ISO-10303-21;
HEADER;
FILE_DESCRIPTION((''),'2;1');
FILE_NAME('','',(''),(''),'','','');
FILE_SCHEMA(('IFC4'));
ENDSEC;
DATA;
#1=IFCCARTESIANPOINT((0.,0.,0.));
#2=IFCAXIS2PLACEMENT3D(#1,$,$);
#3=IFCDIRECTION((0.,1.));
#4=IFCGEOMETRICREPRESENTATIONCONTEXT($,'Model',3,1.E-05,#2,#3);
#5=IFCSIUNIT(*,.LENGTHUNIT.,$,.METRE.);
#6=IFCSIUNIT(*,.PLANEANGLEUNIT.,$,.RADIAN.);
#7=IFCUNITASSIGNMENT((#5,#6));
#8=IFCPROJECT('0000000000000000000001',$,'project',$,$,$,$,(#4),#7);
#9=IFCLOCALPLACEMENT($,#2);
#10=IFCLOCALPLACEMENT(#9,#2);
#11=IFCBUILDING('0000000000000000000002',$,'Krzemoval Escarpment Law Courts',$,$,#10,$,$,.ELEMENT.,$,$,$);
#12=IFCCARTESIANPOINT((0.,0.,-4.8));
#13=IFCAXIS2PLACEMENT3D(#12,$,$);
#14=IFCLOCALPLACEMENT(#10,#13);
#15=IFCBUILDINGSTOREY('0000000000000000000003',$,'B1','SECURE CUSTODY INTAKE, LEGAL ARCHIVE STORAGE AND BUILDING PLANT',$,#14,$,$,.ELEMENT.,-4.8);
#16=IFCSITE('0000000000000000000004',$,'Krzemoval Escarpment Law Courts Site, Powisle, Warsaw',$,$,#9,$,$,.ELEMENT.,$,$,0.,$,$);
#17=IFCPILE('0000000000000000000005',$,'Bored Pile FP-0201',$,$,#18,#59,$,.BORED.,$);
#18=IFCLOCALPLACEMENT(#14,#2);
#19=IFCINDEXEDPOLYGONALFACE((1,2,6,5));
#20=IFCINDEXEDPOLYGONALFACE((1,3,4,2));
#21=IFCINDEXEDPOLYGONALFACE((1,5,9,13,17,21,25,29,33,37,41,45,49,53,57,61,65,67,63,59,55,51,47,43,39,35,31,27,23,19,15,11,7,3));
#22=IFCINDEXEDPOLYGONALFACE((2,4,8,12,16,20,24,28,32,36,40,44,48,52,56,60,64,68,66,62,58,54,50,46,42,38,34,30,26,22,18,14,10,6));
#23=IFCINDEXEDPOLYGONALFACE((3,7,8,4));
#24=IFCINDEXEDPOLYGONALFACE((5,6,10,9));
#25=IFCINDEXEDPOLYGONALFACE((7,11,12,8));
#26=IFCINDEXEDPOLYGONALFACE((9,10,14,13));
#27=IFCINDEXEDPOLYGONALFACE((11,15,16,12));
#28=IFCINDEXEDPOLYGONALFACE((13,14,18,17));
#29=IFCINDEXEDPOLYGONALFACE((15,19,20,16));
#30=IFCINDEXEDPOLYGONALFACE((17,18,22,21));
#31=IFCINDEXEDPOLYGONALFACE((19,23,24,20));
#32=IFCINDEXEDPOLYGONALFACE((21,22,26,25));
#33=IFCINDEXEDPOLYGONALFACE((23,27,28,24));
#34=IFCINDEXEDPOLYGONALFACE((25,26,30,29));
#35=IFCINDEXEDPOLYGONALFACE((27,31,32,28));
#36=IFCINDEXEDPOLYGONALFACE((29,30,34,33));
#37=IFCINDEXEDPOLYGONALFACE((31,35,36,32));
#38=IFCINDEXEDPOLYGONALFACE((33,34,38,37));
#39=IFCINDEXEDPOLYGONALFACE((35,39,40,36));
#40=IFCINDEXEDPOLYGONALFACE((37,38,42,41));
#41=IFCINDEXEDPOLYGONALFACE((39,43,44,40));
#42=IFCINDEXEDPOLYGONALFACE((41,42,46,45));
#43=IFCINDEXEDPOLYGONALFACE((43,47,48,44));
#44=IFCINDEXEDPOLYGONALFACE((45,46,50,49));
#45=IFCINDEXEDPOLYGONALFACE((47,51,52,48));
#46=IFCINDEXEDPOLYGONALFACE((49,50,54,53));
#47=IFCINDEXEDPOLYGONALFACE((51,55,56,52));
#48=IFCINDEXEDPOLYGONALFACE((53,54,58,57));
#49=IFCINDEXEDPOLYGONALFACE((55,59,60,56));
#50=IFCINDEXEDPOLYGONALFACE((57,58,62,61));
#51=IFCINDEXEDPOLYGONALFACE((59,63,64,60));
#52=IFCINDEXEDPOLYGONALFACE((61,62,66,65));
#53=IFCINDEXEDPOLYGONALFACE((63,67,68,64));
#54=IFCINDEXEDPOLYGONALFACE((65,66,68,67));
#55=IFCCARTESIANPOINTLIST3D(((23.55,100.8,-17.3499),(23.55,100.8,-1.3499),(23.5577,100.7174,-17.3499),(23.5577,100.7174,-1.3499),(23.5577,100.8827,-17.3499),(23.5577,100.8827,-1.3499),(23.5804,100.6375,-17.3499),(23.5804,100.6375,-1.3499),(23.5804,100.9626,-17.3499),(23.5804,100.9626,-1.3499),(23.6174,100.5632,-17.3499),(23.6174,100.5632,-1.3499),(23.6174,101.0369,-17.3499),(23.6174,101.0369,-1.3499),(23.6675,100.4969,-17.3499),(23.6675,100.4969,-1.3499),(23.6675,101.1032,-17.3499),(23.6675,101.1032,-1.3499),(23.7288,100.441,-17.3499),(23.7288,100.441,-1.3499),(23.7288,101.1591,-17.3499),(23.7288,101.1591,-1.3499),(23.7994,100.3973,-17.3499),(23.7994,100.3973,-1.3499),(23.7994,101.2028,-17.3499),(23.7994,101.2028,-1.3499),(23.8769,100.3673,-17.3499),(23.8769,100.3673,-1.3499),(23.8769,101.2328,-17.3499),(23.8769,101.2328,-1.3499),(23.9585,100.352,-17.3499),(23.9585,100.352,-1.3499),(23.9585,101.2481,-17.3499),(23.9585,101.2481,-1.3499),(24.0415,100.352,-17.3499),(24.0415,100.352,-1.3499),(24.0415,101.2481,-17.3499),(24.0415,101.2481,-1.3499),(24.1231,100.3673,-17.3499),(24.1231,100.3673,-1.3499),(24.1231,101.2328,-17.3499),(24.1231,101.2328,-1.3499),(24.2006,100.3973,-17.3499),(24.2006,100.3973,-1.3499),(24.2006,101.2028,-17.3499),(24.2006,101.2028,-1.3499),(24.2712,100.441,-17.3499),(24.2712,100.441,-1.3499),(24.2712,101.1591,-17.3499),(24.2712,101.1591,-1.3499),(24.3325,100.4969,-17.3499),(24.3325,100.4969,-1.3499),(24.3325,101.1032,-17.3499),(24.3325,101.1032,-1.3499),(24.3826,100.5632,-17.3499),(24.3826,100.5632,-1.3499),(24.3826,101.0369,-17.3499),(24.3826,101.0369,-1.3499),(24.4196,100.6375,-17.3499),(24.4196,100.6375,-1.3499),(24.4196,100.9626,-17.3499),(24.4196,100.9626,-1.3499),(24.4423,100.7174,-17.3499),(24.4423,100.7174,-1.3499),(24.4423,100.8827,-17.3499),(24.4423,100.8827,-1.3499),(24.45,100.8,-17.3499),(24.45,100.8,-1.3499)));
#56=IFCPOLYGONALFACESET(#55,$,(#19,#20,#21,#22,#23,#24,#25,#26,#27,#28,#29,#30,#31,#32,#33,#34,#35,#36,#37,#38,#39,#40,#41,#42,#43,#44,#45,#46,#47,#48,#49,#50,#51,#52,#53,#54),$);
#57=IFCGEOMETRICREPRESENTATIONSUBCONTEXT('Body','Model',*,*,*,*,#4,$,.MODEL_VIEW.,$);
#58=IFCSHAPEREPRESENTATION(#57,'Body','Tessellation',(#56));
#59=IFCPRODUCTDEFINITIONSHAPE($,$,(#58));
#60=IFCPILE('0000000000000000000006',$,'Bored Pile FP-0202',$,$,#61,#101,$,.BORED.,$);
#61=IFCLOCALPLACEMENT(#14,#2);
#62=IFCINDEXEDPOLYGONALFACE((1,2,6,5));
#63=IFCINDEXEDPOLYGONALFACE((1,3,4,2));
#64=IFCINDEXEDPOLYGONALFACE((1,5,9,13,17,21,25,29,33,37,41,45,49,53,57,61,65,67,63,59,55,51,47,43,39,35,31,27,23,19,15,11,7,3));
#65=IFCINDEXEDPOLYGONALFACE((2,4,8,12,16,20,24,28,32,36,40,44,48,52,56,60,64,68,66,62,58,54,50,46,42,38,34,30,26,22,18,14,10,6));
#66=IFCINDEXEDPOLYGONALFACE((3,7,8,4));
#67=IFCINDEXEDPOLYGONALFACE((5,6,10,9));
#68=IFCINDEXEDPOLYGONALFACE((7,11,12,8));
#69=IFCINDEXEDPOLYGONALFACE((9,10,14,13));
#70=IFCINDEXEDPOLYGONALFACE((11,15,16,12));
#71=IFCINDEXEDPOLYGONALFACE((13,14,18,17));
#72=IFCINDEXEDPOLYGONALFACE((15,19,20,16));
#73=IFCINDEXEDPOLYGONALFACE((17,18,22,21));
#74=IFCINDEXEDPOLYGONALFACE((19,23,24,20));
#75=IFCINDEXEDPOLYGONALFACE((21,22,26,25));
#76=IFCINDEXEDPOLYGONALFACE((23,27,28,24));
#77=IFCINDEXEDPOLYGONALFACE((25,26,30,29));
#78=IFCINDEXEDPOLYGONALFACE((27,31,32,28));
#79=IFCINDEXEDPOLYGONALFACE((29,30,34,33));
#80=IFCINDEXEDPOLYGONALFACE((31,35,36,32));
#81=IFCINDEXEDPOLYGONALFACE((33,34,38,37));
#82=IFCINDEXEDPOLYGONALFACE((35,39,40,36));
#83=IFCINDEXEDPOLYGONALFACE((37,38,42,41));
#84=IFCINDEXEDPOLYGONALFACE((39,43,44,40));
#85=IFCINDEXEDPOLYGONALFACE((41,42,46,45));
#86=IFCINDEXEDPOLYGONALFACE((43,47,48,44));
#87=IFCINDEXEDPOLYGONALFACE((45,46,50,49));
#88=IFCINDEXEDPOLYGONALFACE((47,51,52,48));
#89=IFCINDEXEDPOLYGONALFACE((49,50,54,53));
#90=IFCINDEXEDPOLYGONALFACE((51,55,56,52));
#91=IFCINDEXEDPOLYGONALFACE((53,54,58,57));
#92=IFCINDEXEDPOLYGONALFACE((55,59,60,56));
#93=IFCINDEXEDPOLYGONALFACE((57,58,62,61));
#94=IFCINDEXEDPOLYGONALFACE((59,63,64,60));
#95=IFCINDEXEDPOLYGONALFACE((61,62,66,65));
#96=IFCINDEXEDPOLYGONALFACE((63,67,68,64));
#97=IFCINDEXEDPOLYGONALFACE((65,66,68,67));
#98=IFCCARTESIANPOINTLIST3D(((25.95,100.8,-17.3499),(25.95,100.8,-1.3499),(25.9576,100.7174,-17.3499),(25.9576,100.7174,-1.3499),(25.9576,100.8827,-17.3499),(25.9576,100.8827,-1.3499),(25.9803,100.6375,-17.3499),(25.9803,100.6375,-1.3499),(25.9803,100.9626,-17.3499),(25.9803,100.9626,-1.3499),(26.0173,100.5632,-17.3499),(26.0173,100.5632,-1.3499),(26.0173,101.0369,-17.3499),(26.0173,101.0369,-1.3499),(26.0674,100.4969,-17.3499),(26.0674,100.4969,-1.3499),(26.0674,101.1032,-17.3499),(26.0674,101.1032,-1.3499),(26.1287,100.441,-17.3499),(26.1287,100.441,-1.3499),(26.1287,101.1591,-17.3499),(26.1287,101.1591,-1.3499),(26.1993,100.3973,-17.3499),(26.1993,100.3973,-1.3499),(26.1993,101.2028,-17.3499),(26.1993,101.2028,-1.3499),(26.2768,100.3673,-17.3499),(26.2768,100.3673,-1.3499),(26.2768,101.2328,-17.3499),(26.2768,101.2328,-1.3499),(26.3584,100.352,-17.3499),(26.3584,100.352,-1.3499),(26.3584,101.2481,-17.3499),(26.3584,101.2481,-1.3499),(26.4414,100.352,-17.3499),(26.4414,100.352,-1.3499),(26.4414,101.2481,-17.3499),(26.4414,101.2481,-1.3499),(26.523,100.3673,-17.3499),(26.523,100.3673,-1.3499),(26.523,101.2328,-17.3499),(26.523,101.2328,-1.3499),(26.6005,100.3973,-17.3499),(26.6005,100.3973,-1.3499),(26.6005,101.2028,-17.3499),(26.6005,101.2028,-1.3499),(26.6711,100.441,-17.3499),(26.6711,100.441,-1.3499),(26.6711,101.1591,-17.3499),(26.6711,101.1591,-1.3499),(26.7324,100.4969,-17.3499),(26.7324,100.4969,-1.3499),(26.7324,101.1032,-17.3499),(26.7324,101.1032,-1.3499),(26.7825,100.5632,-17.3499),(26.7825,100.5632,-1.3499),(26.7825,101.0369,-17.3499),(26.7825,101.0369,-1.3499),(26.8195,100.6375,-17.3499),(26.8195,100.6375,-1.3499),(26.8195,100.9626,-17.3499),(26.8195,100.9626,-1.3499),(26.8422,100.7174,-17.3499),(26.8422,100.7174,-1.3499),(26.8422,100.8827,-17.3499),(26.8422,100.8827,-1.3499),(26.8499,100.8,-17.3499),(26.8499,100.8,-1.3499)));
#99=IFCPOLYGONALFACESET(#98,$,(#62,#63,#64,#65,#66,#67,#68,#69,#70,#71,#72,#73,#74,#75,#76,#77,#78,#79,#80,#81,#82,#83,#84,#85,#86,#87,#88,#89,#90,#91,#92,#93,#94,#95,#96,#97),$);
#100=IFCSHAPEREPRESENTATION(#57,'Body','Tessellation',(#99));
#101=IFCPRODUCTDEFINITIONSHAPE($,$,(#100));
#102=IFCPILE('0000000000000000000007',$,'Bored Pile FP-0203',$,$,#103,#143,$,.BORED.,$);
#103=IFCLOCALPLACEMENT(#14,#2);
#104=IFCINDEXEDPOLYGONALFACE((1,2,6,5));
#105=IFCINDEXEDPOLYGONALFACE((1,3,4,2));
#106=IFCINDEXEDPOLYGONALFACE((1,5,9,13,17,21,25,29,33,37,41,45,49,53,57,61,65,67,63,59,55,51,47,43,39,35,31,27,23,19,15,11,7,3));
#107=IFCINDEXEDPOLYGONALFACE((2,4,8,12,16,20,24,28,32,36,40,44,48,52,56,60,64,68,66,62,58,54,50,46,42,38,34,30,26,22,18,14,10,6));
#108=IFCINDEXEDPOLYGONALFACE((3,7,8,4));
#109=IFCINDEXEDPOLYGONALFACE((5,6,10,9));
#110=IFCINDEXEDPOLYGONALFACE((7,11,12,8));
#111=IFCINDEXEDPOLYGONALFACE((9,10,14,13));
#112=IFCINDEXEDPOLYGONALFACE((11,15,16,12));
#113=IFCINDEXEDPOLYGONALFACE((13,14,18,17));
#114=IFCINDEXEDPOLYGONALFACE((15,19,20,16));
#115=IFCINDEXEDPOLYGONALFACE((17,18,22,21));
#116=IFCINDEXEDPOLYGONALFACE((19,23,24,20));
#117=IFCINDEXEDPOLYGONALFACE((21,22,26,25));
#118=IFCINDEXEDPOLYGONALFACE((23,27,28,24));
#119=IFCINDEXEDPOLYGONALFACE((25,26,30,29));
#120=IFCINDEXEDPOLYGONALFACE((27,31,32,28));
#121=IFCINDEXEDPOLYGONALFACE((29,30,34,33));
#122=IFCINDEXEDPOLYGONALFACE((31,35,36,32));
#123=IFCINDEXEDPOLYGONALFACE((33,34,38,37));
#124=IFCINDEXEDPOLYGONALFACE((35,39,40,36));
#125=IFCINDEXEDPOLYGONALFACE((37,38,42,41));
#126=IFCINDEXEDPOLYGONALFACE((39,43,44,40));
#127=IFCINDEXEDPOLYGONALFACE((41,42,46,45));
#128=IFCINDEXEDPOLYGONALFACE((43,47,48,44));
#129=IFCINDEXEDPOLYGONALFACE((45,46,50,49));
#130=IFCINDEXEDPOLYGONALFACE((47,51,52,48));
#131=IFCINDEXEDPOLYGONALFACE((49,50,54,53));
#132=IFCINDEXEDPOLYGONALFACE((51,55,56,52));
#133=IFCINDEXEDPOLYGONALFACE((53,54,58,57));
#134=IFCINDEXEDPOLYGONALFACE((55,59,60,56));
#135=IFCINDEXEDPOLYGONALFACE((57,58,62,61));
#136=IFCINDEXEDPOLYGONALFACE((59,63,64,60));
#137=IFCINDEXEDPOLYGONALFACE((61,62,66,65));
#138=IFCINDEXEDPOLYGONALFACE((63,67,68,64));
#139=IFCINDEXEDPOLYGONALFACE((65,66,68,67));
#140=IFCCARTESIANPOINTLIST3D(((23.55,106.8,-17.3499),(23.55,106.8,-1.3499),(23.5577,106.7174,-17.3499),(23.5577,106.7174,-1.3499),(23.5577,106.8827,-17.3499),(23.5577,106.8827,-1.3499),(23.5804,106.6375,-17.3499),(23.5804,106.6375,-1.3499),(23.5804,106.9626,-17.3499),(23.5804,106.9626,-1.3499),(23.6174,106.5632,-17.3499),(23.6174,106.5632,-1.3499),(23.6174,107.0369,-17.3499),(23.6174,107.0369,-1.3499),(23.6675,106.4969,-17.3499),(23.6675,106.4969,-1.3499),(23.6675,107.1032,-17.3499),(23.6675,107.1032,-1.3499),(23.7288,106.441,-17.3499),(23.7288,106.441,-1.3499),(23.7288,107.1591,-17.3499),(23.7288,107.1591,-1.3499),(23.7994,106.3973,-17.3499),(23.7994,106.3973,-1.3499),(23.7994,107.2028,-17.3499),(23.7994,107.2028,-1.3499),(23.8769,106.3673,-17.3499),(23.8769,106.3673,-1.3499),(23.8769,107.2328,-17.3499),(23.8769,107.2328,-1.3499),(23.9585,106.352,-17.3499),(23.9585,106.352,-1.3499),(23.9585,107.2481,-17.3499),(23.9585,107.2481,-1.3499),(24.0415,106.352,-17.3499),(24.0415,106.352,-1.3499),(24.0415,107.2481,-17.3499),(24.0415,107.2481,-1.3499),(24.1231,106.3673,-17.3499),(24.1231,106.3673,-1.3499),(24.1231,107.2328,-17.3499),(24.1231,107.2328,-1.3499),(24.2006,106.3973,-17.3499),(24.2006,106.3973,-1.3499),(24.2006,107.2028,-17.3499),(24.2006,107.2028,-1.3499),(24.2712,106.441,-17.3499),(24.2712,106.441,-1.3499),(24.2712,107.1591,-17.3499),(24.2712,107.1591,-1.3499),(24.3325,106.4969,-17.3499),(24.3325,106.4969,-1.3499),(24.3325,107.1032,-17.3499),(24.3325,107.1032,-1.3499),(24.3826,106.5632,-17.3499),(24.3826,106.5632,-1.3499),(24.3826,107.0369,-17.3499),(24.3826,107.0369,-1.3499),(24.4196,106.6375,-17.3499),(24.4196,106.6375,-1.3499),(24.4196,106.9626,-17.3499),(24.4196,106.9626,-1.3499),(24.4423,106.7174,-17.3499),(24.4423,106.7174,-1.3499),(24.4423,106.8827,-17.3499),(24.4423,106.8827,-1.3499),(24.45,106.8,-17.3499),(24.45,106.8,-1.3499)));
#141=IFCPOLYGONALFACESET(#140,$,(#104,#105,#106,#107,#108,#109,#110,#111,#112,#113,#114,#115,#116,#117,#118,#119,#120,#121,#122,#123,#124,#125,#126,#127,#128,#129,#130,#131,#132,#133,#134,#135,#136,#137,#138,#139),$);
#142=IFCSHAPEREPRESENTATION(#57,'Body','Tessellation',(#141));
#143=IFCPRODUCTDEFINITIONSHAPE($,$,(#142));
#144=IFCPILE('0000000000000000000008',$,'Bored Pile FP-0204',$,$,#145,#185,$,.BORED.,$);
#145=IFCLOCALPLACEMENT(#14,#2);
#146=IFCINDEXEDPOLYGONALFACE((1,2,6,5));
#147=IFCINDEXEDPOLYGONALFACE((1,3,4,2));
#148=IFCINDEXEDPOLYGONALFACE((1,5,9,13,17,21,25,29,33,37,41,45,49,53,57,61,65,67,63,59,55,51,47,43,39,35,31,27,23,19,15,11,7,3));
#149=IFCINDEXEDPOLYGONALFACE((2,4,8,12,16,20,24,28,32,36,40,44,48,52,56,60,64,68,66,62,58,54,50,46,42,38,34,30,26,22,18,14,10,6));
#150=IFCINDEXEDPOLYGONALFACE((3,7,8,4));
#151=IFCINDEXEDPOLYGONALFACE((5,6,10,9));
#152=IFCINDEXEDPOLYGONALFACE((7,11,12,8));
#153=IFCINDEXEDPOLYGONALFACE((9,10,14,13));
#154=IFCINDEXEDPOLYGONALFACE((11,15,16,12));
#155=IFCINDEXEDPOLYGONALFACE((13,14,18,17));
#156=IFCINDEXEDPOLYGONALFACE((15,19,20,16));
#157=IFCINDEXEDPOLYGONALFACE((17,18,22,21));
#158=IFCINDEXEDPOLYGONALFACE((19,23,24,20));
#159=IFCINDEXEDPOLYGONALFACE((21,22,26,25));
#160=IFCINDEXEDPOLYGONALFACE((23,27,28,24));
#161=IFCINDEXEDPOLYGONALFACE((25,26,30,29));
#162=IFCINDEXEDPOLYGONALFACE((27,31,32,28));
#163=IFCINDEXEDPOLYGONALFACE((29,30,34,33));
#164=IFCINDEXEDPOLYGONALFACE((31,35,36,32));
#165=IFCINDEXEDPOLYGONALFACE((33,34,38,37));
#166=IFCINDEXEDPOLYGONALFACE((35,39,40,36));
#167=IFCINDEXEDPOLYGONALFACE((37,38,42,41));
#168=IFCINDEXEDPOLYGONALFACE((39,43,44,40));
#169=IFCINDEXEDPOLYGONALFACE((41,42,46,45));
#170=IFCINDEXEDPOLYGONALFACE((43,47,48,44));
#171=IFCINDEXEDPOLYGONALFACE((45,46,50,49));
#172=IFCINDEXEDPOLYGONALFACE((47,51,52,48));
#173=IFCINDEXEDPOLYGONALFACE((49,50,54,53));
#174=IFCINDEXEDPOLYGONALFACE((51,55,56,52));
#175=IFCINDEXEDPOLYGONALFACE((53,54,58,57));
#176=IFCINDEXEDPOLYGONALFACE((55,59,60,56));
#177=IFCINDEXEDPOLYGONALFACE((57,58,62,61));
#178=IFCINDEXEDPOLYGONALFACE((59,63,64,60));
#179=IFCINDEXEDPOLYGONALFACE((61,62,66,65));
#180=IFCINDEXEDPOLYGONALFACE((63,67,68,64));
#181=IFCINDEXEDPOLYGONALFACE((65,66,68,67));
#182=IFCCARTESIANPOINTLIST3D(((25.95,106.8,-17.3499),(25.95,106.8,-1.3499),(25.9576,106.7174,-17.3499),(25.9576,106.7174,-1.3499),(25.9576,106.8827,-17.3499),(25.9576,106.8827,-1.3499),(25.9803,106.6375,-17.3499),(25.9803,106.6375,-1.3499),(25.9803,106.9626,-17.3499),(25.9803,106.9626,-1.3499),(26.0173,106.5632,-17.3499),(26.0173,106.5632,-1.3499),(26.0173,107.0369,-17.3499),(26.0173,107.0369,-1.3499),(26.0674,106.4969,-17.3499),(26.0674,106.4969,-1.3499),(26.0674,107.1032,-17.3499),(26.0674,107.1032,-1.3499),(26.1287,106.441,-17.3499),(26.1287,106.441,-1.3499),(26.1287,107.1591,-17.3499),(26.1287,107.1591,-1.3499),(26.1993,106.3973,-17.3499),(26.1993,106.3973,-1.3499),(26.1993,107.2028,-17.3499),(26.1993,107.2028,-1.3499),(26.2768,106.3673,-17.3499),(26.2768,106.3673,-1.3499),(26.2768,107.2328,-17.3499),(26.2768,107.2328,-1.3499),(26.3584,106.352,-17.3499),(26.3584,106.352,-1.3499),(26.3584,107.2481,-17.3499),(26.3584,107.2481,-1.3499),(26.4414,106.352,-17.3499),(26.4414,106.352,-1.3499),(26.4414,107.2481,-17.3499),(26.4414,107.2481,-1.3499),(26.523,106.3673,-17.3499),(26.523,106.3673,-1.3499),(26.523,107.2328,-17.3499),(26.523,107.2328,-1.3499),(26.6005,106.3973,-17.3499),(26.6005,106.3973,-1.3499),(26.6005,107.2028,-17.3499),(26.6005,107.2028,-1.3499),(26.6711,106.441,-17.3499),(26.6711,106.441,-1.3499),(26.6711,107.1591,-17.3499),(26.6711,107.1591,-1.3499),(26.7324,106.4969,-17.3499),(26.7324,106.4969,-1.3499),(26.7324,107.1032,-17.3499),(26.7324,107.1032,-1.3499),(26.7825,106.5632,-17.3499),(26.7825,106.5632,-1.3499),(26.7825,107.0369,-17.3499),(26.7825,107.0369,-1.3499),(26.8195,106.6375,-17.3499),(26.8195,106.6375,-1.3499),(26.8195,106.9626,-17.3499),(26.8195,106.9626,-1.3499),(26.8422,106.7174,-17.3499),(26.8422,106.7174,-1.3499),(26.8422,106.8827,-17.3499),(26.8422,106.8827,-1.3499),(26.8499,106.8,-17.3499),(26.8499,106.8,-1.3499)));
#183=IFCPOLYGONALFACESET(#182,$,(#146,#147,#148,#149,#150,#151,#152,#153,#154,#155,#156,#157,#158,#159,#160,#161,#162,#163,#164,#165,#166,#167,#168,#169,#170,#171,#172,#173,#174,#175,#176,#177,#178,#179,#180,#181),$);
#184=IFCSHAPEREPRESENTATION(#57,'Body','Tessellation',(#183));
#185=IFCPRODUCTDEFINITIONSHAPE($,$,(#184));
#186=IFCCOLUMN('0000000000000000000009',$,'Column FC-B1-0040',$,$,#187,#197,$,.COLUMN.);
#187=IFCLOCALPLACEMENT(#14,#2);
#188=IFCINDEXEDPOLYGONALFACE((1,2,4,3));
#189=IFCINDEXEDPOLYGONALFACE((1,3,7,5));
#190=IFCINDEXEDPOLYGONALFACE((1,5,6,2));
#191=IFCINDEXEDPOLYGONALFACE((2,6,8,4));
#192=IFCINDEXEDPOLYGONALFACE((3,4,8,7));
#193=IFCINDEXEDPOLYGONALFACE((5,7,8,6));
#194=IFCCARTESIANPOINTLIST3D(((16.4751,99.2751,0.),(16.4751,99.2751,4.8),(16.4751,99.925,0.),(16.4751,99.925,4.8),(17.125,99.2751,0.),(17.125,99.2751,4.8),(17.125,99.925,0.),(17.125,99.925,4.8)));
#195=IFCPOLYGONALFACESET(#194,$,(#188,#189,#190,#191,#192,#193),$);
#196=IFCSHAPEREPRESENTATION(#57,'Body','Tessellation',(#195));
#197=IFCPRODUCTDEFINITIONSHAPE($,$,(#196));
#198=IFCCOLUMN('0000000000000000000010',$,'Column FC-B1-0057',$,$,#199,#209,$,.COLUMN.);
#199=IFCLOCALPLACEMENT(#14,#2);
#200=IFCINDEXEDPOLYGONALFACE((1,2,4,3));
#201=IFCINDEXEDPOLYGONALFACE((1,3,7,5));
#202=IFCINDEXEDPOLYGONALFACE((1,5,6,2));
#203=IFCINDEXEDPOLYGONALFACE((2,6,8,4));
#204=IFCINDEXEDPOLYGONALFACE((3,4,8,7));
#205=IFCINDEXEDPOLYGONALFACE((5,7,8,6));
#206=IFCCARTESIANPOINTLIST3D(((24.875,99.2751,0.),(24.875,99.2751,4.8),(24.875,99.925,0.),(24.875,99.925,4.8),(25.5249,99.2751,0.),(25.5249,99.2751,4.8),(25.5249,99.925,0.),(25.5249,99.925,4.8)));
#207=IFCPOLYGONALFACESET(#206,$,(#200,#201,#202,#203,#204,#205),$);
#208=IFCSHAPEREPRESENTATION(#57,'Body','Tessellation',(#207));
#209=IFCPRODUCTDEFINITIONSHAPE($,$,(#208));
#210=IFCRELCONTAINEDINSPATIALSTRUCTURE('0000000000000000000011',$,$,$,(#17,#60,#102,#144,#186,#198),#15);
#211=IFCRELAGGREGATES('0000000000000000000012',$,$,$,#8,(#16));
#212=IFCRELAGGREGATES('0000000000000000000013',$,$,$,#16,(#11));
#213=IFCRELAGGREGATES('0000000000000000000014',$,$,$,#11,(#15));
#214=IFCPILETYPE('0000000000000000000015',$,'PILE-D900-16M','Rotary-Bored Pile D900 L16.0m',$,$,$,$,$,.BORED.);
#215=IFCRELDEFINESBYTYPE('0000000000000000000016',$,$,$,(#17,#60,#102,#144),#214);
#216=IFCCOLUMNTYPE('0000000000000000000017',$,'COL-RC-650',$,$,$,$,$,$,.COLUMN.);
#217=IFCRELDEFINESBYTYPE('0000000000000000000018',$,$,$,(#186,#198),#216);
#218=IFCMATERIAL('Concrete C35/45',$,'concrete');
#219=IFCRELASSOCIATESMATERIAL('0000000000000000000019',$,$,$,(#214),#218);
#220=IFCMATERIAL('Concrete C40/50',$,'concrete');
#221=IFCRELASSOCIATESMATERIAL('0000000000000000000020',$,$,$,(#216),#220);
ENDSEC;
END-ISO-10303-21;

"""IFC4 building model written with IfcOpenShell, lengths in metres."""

from ifc_helpers import new_model, si_unit, direction, frame, origin, origin_2d, place, context, subcontext, project, spatial, rectangle, circle, extrude, material, material_profile, profile_set, type_object, element, save


model = new_model("IFC4")

# Units and contexts
model_context = context("Model", 3, precision=1e-05, world=origin(), true_north=direction((0.0, 1.0)))
body_context = subcontext(model_context, "Body", "Model", "MODEL_VIEW")
ifc_project = project(units=[si_unit("LENGTHUNIT", "METRE"), si_unit("PLANEANGLEUNIT", "RADIAN")], contexts=[model_context])

# Site, building, storey
site_placement = place(None, origin())
site = spatial("IfcSite", under=ifc_project, at=site_placement, Name="Krzemoval Escarpment Law Courts Site, Powisle, Warsaw", CompositionType="ELEMENT", RefElevation=0.0)
building_placement = place(site_placement, origin())
building = spatial("IfcBuilding", under=site, at=building_placement, Name="Krzemoval Escarpment Law Courts", CompositionType="ELEMENT")
storey_placement = place(building_placement, frame((0.0, 0.0, -4.8)))
storey = spatial("IfcBuildingStorey", under=building, at=storey_placement, Name="B1", Description="SECURE CUSTODY INTAKE, LEGAL ARCHIVE STORAGE AND BUILDING PLANT", CompositionType="ELEMENT", Elevation=-4.8)

# Piles
ifc_material_1 = material(Name="Concrete C35/45", Category="concrete")
ifc_material_profile_1 = material_profile(ifc_material_1, circle(Radius=0.45, at=origin_2d()), Name="PILE D900")
ifc_profile_set_1 = profile_set([ifc_material_profile_1], Name="Concrete C35/45")
pile_type = type_object("IfcPileType", Name="PILE-D900-16M", Description="Rotary-Bored Pile D900 L16.0m", PredefinedType="BORED", material=ifc_profile_set_1)
for number, where, z_axis, x_axis, name in (
    (1, (24.0, 100.8, -1.3499), (0.0, 0.0, -1.0), (1.0, 0.0, 0.0), "Bored Pile FP-0201"),
    (2, (26.3999, 100.8, -1.3499), (0.0, 0.0, -1.0), (1.0, 0.0, 0.0), "Bored Pile FP-0202"),
    (3, (24.0, 106.8, -1.3499), (0.0, 0.0, -1.0), (1.0, 0.0, 0.0), "Bored Pile FP-0203"),
    (4, (26.3999, 106.8, -1.3499), (0.0, 0.0, -1.0), (1.0, 0.0, 0.0), "Bored Pile FP-0204"),
):
    element("IfcPile", number, at=place(storey_placement, frame(where, z_axis=z_axis, x_axis=x_axis)), inside=storey, type_object=pile_type, Name=name, PredefinedType="BORED", context=body_context, shape_type="SweptSolid", body=[
        extrude(circle(Radius=0.45, at=origin_2d()), origin(), (0.0, 0.0, 1.0), 16.0),
    ])

# Columns
ifc_material_2 = material(Name="Concrete C40/50", Category="concrete")
ifc_material_profile_2 = material_profile(ifc_material_2, rectangle(XDim=0.6499, YDim=0.6499, at=origin_2d()), Name="RC 650x650")
ifc_profile_set_2 = profile_set([ifc_material_profile_2], Name="Concrete C40/50")
column_type = type_object("IfcColumnType", Name="COL-RC-650", PredefinedType="COLUMN", material=ifc_profile_set_2)
for number, where, z_axis, x_axis, name in (
    (5, (16.8, 99.6001, 0.0), (0.0, 0.0, 1.0), (1.0, 0.0, 0.0), "Column FC-B1-0040"),
    (6, (25.2, 99.6001, 0.0), (0.0, 0.0, 1.0), (1.0, 0.0, 0.0), "Column FC-B1-0057"),
):
    element("IfcColumn", number, at=place(storey_placement, frame(where, z_axis=z_axis, x_axis=x_axis)), inside=storey, type_object=column_type, Name=name, PredefinedType="COLUMN", context=body_context, shape_type="SweptSolid", body=[
        extrude(rectangle(XDim=0.6499, YDim=0.6499, at=origin_2d()), origin(), (0.0, 0.0, 1.0), 4.8),
    ])

save(model, "model.ifc")
